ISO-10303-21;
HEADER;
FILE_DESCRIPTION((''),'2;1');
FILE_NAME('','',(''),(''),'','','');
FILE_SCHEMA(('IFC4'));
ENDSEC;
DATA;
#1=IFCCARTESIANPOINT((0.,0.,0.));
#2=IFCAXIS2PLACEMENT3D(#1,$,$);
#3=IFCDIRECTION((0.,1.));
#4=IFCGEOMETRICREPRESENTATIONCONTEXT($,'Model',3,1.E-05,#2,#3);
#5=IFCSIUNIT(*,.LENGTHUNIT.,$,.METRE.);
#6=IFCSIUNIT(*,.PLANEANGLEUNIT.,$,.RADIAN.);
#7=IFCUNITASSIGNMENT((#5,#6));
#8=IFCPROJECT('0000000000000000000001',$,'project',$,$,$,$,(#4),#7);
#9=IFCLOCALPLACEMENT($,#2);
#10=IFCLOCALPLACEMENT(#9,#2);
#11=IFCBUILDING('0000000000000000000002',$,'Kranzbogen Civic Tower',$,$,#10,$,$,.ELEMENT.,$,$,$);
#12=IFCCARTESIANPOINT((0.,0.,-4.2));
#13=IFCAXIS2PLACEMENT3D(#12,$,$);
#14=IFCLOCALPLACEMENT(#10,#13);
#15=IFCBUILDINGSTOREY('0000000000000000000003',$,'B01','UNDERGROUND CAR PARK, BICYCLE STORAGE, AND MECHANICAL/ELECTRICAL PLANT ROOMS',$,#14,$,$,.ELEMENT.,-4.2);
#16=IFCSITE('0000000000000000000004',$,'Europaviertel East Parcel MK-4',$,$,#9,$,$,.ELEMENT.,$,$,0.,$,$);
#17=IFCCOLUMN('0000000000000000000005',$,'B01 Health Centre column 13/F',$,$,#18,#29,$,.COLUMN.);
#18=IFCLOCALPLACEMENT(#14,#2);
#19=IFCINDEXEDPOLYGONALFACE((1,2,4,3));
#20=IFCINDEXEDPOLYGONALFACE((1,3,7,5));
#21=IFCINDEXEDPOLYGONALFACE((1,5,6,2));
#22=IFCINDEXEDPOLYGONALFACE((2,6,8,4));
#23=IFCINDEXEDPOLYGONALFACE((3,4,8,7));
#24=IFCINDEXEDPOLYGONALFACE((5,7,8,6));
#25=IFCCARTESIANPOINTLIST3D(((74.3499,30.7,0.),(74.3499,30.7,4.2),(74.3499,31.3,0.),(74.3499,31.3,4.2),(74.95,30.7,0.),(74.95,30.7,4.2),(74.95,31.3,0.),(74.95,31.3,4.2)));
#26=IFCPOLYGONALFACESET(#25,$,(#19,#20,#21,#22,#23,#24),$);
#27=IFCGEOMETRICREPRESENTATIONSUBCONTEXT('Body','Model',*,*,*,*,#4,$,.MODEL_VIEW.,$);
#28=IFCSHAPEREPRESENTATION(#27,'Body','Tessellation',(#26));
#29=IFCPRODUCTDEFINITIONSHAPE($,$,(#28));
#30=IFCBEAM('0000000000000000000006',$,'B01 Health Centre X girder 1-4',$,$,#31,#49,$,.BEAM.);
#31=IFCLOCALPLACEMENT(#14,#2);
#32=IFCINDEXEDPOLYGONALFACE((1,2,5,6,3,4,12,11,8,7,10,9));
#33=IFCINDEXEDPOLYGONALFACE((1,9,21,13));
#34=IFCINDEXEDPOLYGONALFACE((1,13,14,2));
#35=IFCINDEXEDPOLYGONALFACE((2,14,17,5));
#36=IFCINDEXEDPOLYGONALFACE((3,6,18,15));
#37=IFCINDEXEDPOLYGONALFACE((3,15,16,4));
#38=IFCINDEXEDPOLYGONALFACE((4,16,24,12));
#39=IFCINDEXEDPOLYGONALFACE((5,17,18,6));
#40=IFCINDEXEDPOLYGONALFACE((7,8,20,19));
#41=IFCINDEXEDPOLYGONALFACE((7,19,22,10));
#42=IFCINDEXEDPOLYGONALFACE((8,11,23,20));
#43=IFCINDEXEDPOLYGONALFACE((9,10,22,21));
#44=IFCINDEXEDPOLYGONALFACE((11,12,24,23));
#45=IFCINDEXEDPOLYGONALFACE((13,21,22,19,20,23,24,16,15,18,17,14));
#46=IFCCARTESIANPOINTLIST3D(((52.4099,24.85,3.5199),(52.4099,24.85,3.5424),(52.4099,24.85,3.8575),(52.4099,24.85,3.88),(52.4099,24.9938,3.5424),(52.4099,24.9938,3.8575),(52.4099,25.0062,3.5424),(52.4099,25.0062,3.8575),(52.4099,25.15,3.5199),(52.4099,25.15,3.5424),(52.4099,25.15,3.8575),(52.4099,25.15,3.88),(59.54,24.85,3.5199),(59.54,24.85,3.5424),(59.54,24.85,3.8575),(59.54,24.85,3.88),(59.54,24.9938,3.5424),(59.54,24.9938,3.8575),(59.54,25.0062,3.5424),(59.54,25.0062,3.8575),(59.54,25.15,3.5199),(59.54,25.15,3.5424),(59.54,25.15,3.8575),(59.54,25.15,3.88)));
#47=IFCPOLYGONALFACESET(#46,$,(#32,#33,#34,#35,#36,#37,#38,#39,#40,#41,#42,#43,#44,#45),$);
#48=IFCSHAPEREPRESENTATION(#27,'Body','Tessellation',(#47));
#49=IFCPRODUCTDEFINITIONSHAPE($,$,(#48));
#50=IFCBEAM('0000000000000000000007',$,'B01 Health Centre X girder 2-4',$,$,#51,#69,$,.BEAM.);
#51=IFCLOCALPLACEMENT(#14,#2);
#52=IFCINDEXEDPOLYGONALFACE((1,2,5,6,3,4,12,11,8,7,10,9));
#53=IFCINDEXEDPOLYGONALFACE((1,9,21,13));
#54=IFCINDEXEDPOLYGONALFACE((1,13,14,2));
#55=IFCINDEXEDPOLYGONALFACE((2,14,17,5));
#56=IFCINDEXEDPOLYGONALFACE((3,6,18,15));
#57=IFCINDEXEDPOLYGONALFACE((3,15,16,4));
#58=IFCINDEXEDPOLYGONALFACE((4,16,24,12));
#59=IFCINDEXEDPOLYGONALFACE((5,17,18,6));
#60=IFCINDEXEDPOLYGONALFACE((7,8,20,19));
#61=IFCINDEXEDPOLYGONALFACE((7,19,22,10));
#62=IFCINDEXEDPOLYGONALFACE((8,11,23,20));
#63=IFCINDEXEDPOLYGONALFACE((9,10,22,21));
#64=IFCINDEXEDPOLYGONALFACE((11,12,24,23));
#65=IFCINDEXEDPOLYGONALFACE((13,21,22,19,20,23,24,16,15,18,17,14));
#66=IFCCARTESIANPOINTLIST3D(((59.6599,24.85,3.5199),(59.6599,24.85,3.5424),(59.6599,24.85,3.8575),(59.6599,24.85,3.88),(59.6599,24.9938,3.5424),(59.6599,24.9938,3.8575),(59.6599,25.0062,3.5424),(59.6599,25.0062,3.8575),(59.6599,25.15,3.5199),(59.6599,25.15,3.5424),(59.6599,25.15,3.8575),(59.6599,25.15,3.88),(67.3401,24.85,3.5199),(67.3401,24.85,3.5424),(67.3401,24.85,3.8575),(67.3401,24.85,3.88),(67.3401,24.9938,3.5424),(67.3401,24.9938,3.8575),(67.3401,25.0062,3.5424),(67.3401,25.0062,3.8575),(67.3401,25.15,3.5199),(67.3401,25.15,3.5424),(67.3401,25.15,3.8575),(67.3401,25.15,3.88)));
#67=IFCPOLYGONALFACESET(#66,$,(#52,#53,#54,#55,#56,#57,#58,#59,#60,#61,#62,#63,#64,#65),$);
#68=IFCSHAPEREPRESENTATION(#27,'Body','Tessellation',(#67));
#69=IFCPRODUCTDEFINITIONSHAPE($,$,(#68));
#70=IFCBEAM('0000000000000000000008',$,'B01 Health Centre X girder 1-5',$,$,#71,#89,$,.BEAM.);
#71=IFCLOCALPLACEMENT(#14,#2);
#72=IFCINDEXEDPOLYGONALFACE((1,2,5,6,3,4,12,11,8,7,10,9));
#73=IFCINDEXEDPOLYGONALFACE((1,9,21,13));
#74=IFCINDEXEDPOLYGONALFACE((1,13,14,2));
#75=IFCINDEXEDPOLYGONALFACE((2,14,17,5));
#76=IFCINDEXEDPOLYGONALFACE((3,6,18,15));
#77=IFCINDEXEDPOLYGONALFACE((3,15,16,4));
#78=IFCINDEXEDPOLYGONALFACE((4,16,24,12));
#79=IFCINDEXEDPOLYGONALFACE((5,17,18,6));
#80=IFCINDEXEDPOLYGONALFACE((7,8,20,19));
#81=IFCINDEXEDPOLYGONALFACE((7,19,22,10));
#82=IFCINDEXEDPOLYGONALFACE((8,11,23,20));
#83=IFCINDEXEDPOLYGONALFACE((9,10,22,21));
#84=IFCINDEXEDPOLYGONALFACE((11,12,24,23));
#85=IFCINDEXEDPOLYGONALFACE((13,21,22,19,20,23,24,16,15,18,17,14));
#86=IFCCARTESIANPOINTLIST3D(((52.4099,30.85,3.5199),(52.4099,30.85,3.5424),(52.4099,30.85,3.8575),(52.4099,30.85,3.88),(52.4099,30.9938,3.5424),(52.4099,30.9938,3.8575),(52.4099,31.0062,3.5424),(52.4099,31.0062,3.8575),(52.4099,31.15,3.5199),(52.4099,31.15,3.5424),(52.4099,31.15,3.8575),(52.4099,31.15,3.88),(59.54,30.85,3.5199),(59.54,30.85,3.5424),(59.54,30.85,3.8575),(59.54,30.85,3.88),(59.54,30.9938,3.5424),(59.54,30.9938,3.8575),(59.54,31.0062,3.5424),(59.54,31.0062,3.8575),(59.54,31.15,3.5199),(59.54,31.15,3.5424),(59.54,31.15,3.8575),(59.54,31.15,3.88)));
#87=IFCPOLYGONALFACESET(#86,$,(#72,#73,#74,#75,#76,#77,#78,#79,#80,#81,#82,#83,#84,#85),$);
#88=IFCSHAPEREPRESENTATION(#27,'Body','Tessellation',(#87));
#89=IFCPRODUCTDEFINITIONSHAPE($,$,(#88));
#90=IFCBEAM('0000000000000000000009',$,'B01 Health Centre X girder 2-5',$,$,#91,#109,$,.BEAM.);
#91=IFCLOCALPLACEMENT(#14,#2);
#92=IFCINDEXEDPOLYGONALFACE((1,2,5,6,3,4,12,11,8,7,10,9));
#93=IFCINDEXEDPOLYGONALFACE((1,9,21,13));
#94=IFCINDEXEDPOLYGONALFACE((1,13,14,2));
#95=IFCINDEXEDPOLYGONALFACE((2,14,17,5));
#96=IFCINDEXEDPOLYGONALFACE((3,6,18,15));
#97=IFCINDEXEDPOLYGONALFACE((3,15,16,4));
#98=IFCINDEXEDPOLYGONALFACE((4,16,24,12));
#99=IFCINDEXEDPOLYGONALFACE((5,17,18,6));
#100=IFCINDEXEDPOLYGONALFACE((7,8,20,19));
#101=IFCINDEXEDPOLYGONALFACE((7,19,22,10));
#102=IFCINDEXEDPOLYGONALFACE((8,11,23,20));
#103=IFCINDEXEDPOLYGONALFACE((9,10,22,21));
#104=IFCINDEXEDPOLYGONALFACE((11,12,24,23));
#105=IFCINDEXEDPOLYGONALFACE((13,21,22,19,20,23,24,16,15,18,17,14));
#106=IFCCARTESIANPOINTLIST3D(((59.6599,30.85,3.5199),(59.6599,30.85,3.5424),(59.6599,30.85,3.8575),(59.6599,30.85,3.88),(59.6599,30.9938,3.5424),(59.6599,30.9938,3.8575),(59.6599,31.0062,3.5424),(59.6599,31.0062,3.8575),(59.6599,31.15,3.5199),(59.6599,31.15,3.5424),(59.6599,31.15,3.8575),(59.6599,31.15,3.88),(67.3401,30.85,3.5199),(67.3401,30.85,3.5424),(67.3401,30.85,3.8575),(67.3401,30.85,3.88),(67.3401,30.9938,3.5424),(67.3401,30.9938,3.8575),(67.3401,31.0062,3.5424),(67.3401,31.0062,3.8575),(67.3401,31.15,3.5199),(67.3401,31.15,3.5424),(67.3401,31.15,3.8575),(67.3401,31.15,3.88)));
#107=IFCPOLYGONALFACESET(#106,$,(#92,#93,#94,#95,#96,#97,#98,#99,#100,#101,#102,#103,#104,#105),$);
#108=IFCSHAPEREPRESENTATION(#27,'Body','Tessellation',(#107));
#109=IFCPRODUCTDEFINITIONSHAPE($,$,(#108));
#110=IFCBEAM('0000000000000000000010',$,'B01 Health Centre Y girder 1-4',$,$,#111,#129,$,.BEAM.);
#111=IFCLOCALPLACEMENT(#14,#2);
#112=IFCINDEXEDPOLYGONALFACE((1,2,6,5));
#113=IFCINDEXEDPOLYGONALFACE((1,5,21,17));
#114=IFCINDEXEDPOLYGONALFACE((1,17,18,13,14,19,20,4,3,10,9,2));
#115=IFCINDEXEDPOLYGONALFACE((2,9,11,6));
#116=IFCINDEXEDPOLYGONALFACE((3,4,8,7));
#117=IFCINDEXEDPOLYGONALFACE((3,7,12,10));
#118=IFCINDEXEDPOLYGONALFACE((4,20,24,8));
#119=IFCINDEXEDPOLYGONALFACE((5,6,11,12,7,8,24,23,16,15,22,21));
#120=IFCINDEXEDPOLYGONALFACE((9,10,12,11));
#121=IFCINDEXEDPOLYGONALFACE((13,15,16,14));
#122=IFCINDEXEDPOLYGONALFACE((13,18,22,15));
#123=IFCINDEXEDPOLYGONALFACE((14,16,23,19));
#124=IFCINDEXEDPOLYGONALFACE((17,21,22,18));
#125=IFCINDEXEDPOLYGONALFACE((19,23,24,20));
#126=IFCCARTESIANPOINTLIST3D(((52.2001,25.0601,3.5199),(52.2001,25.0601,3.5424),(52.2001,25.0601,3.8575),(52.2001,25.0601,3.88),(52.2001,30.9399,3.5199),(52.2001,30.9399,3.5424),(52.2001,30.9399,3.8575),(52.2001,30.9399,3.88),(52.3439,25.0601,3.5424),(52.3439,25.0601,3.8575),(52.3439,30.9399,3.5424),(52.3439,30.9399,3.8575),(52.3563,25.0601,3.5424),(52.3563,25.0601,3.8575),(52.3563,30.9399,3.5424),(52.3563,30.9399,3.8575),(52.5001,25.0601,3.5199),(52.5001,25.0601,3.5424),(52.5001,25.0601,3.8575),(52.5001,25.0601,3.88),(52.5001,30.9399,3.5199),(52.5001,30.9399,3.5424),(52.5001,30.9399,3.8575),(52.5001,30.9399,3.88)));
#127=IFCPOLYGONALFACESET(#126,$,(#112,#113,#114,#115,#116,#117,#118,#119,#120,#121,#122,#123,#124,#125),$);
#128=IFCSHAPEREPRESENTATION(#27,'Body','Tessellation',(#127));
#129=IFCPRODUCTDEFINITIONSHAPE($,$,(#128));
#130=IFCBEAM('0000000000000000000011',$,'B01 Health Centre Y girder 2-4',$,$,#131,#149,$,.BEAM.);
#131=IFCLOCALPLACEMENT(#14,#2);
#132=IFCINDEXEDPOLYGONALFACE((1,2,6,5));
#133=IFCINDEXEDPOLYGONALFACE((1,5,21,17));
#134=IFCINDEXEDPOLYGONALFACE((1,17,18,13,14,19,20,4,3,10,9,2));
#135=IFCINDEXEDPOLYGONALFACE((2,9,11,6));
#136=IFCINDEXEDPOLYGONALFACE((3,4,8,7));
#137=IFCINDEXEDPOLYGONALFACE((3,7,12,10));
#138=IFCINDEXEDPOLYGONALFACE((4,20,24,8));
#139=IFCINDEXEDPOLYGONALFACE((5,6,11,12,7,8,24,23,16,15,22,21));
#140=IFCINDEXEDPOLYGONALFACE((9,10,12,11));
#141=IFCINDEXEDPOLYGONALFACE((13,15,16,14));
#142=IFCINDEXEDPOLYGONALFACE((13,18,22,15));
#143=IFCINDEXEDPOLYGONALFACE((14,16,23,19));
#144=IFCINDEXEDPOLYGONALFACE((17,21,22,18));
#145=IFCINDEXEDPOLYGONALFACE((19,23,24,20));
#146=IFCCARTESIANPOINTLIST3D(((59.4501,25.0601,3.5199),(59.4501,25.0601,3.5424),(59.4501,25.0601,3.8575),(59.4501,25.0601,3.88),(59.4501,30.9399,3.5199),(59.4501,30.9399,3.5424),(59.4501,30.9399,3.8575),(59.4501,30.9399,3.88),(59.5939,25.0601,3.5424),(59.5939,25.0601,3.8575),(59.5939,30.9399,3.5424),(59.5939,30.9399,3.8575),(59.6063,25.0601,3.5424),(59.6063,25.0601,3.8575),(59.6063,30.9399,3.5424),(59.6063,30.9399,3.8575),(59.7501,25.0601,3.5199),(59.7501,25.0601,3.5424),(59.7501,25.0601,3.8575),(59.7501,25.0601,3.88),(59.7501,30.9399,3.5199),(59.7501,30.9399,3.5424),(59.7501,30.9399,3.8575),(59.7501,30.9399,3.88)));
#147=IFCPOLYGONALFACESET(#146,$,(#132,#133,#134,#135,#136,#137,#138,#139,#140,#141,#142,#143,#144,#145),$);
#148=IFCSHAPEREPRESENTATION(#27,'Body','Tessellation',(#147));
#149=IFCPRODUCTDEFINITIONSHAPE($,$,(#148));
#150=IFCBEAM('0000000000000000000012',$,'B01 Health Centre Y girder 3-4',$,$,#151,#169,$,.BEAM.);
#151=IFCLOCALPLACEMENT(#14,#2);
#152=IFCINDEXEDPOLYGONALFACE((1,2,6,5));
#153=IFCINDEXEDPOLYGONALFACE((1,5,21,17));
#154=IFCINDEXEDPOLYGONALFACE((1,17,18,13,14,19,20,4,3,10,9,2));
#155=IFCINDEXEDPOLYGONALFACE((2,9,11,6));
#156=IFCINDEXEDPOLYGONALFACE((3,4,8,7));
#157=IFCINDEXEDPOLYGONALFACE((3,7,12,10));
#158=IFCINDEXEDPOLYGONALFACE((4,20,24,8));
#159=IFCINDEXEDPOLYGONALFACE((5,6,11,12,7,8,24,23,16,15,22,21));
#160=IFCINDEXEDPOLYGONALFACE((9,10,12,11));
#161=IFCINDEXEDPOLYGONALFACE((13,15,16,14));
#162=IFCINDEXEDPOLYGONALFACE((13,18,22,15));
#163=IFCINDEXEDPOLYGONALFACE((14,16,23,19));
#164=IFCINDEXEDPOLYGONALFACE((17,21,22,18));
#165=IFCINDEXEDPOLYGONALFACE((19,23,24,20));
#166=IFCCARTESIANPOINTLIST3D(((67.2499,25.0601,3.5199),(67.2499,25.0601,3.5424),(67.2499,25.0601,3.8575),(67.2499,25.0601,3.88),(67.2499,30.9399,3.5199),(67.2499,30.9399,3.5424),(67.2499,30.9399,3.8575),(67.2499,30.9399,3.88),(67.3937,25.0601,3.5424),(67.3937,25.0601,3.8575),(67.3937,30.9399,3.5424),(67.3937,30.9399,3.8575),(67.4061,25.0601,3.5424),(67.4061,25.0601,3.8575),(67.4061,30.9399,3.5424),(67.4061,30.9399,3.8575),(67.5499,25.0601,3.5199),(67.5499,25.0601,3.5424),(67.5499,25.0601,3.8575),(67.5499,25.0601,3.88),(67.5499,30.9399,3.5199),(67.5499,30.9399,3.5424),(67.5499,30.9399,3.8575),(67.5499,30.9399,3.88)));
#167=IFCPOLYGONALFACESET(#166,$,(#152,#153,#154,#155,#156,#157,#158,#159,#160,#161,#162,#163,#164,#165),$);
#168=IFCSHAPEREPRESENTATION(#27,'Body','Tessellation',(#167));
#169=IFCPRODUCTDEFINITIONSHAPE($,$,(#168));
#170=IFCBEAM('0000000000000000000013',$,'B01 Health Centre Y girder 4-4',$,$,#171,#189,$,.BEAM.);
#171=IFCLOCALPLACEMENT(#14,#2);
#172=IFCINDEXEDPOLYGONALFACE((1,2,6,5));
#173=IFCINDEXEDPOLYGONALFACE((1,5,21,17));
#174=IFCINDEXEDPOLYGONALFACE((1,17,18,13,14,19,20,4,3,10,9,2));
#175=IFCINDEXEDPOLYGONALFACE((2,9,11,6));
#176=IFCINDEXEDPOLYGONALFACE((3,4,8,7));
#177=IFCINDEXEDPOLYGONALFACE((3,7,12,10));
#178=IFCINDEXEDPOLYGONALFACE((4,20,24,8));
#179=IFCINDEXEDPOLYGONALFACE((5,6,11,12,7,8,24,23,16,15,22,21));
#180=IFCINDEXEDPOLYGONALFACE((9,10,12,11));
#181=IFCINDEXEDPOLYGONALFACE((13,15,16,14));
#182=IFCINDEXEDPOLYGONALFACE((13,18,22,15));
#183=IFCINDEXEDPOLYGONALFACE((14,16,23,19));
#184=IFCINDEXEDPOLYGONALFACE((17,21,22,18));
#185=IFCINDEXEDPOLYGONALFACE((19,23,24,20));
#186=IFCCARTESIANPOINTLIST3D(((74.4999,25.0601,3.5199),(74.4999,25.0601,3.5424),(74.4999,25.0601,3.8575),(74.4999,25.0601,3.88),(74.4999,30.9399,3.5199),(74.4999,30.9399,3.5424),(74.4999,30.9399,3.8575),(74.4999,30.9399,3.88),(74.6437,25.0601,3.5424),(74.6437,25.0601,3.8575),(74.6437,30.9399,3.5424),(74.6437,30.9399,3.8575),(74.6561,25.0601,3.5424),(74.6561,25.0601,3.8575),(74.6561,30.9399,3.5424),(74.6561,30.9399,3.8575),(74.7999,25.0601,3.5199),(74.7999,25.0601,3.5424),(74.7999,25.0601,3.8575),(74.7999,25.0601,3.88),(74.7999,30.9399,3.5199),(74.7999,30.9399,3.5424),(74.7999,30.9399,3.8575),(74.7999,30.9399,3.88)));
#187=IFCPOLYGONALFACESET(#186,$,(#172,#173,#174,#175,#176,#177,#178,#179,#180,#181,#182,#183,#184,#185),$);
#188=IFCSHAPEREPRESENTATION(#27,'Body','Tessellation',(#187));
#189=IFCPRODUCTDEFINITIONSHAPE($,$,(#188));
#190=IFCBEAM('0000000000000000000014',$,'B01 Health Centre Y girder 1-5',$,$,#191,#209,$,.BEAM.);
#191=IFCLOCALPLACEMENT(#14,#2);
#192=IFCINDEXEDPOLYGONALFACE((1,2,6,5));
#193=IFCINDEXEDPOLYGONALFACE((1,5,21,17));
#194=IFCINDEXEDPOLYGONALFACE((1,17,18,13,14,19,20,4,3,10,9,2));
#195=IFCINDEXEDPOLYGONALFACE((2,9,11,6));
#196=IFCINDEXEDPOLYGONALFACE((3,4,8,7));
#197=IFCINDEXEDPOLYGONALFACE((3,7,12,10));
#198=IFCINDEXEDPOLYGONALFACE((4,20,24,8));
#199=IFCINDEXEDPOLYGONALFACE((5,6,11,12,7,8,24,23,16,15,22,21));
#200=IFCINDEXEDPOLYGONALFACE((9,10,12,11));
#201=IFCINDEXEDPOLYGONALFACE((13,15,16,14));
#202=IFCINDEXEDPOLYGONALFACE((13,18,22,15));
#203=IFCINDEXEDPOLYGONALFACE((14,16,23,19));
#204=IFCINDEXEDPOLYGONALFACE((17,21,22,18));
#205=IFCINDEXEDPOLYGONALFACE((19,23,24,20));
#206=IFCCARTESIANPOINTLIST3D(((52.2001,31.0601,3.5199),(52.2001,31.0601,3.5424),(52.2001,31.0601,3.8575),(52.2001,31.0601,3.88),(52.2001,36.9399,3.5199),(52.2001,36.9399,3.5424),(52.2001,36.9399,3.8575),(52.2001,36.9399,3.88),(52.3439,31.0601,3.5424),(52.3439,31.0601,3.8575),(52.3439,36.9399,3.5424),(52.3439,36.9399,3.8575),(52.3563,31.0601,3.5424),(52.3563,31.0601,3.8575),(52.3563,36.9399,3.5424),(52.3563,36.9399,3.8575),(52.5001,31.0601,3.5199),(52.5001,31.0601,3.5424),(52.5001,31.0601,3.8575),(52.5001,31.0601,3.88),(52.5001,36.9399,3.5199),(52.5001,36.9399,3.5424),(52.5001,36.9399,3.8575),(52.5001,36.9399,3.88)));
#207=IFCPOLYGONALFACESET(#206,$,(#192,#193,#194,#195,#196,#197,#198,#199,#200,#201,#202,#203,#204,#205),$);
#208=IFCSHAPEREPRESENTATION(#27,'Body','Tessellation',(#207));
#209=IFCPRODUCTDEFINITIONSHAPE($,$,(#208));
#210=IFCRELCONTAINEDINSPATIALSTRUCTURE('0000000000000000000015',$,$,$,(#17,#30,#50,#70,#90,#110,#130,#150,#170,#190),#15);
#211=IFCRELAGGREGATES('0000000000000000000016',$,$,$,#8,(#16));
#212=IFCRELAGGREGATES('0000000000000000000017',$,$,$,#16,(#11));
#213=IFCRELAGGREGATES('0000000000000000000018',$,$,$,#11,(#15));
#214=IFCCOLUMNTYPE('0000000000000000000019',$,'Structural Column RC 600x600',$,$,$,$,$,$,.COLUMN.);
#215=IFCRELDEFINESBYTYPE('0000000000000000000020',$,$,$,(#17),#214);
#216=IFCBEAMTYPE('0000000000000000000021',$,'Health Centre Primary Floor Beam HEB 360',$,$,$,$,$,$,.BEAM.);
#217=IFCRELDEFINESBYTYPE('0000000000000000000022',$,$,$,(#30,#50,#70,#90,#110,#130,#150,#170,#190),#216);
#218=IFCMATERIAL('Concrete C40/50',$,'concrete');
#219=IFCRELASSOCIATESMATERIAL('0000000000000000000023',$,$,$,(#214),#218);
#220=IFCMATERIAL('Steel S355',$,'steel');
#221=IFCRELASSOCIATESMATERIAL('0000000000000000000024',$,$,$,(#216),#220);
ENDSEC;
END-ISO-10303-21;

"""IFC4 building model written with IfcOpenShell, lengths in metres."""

from ifc_helpers import new_model, si_unit, direction, frame, origin, origin_2d, place, context, subcontext, project, spatial, rectangle, i_section, extrude, material, material_profile, profile_set, type_object, element, save


model = new_model("IFC4")

# Units and contexts
model_context = context("Model", 3, precision=1e-05, world=origin(), true_north=direction((0.0, 1.0)))
body_context = subcontext(model_context, "Body", "Model", "MODEL_VIEW")
ifc_project = project(units=[si_unit("LENGTHUNIT", "METRE"), si_unit("PLANEANGLEUNIT", "RADIAN")], contexts=[model_context])

# Site, building, storey
site_placement = place(None, origin())
site = spatial("IfcSite", under=ifc_project, at=site_placement, Name="Europaviertel East Parcel MK-4", CompositionType="ELEMENT", RefElevation=0.0)
building_placement = place(site_placement, origin())
building = spatial("IfcBuilding", under=site, at=building_placement, Name="Kranzbogen Civic Tower", CompositionType="ELEMENT")
storey_placement = place(building_placement, frame((0.0, 0.0, -4.2)))
storey = spatial("IfcBuildingStorey", under=building, at=storey_placement, Name="B01", Description="UNDERGROUND CAR PARK, BICYCLE STORAGE, AND MECHANICAL/ELECTRICAL PLANT ROOMS", CompositionType="ELEMENT", Elevation=-4.2)

# Column
ifc_material_1 = material(Name="Steel S355", Category="steel")
ifc_material_2 = material(Name="Concrete C40/50", Category="concrete")
ifc_material_profile_1 = material_profile(ifc_material_2, rectangle(XDim=0.6001, YDim=0.6001, at=origin_2d()), Name="RC 600x600")
ifc_profile_set_1 = profile_set([ifc_material_profile_1], Name="Concrete C40/50")
column_type_1 = type_object("IfcColumnType", Name="Structural Column RC 600x600", PredefinedType="COLUMN", material=ifc_profile_set_1)
for number, where, z_axis, x_axis, name in (
    (1, (74.6499, 31.0, 0.0), (0.0, 0.0, 1.0), (1.0, 0.0, 0.0), "B01 Health Centre column 13/F"),
):
    element("IfcColumn", number, at=place(storey_placement, frame(where, z_axis=z_axis, x_axis=x_axis)), inside=storey, type_object=column_type_1, Name=name, PredefinedType="COLUMN", context=body_context, shape_type="SweptSolid", body=[
        extrude(rectangle(XDim=0.6001, YDim=0.6001, at=origin_2d()), origin(), (0.0, 0.0, 1.0), 4.2),
    ])

# Beams
ifc_material_profile_2 = material_profile(ifc_material_1, i_section(OverallWidth=0.3, OverallDepth=0.3601, WebThickness=0.0125, FlangeThickness=0.0225, at=origin_2d()), Name="HEB 360")
ifc_profile_set_2 = profile_set([ifc_material_profile_2], Name="Steel S355")
beam_type_1 = type_object("IfcBeamType", Name="Health Centre Primary Floor Beam HEB 360", PredefinedType="BEAM", material=ifc_profile_set_2)
beam_1_placement = place(storey_placement, frame((52.4099, 25.0, 3.7), z_axis=(1.0, 0.0, 0.0), x_axis=(0.0, 1.0, 0.0)))
element("IfcBeam", 2, at=beam_1_placement, inside=storey, type_object=beam_type_1, Name="B01 Health Centre X girder 1-4", PredefinedType="BEAM", context=body_context, shape_type="SweptSolid", body=[
    extrude(i_section(OverallWidth=0.3, OverallDepth=0.3601, WebThickness=0.0125, FlangeThickness=0.0225, at=origin_2d()), origin(), (0.0, 0.0, 1.0), 7.1301),
])
beam_2_placement = place(storey_placement, frame((59.6599, 25.0, 3.7), z_axis=(1.0, 0.0, 0.0), x_axis=(0.0, 1.0, 0.0)))
element("IfcBeam", 3, at=beam_2_placement, inside=storey, type_object=beam_type_1, Name="B01 Health Centre X girder 2-4", PredefinedType="BEAM", context=body_context, shape_type="SweptSolid", body=[
    extrude(i_section(OverallWidth=0.3, OverallDepth=0.3601, WebThickness=0.0125, FlangeThickness=0.0225, at=origin_2d()), origin(), (0.0, 0.0, 1.0), 7.6802),
])
beam_3_placement = place(storey_placement, frame((52.4099, 31.0, 3.7), z_axis=(1.0, 0.0, 0.0), x_axis=(0.0, 1.0, 0.0)))
element("IfcBeam", 4, at=beam_3_placement, inside=storey, type_object=beam_type_1, Name="B01 Health Centre X girder 1-5", PredefinedType="BEAM", context=body_context, shape_type="SweptSolid", body=[
    extrude(i_section(OverallWidth=0.3, OverallDepth=0.3601, WebThickness=0.0125, FlangeThickness=0.0225, at=origin_2d()), origin(), (0.0, 0.0, 1.0), 7.1301),
])
beam_4_placement = place(storey_placement, frame((59.6599, 31.0, 3.7), z_axis=(1.0, 0.0, 0.0), x_axis=(0.0, 1.0, 0.0)))
element("IfcBeam", 5, at=beam_4_placement, inside=storey, type_object=beam_type_1, Name="B01 Health Centre X girder 2-5", PredefinedType="BEAM", context=body_context, shape_type="SweptSolid", body=[
    extrude(i_section(OverallWidth=0.3, OverallDepth=0.3601, WebThickness=0.0125, FlangeThickness=0.0225, at=origin_2d()), origin(), (0.0, 0.0, 1.0), 7.6802),
])
for number, where, z_axis, x_axis, name in (
    (6, (52.3501, 25.0601, 3.7), (0.0, 1.0, 0.0), (-1.0, 0.0, 0.0), "B01 Health Centre Y girder 1-4"),
    (7, (59.6001, 25.0601, 3.7), (0.0, 1.0, 0.0), (-1.0, 0.0, 0.0), "B01 Health Centre Y girder 2-4"),
    (8, (67.3999, 25.0601, 3.7), (0.0, 1.0, 0.0), (-1.0, 0.0, 0.0), "B01 Health Centre Y girder 3-4"),
    (9, (74.6499, 25.0601, 3.7), (0.0, 1.0, 0.0), (-1.0, 0.0, 0.0), "B01 Health Centre Y girder 4-4"),
    (10, (52.3501, 31.0601, 3.7), (0.0, 1.0, 0.0), (-1.0, 0.0, 0.0), "B01 Health Centre Y girder 1-5"),
):
    element("IfcBeam", number, at=place(storey_placement, frame(where, z_axis=z_axis, x_axis=x_axis)), inside=storey, type_object=beam_type_1, Name=name, PredefinedType="BEAM", context=body_context, shape_type="SweptSolid", body=[
        extrude(i_section(OverallWidth=0.3, OverallDepth=0.3601, WebThickness=0.0125, FlangeThickness=0.0225, at=origin_2d()), origin(), (0.0, 0.0, 1.0), 5.8799),
    ])

save(model, "model.ifc")
